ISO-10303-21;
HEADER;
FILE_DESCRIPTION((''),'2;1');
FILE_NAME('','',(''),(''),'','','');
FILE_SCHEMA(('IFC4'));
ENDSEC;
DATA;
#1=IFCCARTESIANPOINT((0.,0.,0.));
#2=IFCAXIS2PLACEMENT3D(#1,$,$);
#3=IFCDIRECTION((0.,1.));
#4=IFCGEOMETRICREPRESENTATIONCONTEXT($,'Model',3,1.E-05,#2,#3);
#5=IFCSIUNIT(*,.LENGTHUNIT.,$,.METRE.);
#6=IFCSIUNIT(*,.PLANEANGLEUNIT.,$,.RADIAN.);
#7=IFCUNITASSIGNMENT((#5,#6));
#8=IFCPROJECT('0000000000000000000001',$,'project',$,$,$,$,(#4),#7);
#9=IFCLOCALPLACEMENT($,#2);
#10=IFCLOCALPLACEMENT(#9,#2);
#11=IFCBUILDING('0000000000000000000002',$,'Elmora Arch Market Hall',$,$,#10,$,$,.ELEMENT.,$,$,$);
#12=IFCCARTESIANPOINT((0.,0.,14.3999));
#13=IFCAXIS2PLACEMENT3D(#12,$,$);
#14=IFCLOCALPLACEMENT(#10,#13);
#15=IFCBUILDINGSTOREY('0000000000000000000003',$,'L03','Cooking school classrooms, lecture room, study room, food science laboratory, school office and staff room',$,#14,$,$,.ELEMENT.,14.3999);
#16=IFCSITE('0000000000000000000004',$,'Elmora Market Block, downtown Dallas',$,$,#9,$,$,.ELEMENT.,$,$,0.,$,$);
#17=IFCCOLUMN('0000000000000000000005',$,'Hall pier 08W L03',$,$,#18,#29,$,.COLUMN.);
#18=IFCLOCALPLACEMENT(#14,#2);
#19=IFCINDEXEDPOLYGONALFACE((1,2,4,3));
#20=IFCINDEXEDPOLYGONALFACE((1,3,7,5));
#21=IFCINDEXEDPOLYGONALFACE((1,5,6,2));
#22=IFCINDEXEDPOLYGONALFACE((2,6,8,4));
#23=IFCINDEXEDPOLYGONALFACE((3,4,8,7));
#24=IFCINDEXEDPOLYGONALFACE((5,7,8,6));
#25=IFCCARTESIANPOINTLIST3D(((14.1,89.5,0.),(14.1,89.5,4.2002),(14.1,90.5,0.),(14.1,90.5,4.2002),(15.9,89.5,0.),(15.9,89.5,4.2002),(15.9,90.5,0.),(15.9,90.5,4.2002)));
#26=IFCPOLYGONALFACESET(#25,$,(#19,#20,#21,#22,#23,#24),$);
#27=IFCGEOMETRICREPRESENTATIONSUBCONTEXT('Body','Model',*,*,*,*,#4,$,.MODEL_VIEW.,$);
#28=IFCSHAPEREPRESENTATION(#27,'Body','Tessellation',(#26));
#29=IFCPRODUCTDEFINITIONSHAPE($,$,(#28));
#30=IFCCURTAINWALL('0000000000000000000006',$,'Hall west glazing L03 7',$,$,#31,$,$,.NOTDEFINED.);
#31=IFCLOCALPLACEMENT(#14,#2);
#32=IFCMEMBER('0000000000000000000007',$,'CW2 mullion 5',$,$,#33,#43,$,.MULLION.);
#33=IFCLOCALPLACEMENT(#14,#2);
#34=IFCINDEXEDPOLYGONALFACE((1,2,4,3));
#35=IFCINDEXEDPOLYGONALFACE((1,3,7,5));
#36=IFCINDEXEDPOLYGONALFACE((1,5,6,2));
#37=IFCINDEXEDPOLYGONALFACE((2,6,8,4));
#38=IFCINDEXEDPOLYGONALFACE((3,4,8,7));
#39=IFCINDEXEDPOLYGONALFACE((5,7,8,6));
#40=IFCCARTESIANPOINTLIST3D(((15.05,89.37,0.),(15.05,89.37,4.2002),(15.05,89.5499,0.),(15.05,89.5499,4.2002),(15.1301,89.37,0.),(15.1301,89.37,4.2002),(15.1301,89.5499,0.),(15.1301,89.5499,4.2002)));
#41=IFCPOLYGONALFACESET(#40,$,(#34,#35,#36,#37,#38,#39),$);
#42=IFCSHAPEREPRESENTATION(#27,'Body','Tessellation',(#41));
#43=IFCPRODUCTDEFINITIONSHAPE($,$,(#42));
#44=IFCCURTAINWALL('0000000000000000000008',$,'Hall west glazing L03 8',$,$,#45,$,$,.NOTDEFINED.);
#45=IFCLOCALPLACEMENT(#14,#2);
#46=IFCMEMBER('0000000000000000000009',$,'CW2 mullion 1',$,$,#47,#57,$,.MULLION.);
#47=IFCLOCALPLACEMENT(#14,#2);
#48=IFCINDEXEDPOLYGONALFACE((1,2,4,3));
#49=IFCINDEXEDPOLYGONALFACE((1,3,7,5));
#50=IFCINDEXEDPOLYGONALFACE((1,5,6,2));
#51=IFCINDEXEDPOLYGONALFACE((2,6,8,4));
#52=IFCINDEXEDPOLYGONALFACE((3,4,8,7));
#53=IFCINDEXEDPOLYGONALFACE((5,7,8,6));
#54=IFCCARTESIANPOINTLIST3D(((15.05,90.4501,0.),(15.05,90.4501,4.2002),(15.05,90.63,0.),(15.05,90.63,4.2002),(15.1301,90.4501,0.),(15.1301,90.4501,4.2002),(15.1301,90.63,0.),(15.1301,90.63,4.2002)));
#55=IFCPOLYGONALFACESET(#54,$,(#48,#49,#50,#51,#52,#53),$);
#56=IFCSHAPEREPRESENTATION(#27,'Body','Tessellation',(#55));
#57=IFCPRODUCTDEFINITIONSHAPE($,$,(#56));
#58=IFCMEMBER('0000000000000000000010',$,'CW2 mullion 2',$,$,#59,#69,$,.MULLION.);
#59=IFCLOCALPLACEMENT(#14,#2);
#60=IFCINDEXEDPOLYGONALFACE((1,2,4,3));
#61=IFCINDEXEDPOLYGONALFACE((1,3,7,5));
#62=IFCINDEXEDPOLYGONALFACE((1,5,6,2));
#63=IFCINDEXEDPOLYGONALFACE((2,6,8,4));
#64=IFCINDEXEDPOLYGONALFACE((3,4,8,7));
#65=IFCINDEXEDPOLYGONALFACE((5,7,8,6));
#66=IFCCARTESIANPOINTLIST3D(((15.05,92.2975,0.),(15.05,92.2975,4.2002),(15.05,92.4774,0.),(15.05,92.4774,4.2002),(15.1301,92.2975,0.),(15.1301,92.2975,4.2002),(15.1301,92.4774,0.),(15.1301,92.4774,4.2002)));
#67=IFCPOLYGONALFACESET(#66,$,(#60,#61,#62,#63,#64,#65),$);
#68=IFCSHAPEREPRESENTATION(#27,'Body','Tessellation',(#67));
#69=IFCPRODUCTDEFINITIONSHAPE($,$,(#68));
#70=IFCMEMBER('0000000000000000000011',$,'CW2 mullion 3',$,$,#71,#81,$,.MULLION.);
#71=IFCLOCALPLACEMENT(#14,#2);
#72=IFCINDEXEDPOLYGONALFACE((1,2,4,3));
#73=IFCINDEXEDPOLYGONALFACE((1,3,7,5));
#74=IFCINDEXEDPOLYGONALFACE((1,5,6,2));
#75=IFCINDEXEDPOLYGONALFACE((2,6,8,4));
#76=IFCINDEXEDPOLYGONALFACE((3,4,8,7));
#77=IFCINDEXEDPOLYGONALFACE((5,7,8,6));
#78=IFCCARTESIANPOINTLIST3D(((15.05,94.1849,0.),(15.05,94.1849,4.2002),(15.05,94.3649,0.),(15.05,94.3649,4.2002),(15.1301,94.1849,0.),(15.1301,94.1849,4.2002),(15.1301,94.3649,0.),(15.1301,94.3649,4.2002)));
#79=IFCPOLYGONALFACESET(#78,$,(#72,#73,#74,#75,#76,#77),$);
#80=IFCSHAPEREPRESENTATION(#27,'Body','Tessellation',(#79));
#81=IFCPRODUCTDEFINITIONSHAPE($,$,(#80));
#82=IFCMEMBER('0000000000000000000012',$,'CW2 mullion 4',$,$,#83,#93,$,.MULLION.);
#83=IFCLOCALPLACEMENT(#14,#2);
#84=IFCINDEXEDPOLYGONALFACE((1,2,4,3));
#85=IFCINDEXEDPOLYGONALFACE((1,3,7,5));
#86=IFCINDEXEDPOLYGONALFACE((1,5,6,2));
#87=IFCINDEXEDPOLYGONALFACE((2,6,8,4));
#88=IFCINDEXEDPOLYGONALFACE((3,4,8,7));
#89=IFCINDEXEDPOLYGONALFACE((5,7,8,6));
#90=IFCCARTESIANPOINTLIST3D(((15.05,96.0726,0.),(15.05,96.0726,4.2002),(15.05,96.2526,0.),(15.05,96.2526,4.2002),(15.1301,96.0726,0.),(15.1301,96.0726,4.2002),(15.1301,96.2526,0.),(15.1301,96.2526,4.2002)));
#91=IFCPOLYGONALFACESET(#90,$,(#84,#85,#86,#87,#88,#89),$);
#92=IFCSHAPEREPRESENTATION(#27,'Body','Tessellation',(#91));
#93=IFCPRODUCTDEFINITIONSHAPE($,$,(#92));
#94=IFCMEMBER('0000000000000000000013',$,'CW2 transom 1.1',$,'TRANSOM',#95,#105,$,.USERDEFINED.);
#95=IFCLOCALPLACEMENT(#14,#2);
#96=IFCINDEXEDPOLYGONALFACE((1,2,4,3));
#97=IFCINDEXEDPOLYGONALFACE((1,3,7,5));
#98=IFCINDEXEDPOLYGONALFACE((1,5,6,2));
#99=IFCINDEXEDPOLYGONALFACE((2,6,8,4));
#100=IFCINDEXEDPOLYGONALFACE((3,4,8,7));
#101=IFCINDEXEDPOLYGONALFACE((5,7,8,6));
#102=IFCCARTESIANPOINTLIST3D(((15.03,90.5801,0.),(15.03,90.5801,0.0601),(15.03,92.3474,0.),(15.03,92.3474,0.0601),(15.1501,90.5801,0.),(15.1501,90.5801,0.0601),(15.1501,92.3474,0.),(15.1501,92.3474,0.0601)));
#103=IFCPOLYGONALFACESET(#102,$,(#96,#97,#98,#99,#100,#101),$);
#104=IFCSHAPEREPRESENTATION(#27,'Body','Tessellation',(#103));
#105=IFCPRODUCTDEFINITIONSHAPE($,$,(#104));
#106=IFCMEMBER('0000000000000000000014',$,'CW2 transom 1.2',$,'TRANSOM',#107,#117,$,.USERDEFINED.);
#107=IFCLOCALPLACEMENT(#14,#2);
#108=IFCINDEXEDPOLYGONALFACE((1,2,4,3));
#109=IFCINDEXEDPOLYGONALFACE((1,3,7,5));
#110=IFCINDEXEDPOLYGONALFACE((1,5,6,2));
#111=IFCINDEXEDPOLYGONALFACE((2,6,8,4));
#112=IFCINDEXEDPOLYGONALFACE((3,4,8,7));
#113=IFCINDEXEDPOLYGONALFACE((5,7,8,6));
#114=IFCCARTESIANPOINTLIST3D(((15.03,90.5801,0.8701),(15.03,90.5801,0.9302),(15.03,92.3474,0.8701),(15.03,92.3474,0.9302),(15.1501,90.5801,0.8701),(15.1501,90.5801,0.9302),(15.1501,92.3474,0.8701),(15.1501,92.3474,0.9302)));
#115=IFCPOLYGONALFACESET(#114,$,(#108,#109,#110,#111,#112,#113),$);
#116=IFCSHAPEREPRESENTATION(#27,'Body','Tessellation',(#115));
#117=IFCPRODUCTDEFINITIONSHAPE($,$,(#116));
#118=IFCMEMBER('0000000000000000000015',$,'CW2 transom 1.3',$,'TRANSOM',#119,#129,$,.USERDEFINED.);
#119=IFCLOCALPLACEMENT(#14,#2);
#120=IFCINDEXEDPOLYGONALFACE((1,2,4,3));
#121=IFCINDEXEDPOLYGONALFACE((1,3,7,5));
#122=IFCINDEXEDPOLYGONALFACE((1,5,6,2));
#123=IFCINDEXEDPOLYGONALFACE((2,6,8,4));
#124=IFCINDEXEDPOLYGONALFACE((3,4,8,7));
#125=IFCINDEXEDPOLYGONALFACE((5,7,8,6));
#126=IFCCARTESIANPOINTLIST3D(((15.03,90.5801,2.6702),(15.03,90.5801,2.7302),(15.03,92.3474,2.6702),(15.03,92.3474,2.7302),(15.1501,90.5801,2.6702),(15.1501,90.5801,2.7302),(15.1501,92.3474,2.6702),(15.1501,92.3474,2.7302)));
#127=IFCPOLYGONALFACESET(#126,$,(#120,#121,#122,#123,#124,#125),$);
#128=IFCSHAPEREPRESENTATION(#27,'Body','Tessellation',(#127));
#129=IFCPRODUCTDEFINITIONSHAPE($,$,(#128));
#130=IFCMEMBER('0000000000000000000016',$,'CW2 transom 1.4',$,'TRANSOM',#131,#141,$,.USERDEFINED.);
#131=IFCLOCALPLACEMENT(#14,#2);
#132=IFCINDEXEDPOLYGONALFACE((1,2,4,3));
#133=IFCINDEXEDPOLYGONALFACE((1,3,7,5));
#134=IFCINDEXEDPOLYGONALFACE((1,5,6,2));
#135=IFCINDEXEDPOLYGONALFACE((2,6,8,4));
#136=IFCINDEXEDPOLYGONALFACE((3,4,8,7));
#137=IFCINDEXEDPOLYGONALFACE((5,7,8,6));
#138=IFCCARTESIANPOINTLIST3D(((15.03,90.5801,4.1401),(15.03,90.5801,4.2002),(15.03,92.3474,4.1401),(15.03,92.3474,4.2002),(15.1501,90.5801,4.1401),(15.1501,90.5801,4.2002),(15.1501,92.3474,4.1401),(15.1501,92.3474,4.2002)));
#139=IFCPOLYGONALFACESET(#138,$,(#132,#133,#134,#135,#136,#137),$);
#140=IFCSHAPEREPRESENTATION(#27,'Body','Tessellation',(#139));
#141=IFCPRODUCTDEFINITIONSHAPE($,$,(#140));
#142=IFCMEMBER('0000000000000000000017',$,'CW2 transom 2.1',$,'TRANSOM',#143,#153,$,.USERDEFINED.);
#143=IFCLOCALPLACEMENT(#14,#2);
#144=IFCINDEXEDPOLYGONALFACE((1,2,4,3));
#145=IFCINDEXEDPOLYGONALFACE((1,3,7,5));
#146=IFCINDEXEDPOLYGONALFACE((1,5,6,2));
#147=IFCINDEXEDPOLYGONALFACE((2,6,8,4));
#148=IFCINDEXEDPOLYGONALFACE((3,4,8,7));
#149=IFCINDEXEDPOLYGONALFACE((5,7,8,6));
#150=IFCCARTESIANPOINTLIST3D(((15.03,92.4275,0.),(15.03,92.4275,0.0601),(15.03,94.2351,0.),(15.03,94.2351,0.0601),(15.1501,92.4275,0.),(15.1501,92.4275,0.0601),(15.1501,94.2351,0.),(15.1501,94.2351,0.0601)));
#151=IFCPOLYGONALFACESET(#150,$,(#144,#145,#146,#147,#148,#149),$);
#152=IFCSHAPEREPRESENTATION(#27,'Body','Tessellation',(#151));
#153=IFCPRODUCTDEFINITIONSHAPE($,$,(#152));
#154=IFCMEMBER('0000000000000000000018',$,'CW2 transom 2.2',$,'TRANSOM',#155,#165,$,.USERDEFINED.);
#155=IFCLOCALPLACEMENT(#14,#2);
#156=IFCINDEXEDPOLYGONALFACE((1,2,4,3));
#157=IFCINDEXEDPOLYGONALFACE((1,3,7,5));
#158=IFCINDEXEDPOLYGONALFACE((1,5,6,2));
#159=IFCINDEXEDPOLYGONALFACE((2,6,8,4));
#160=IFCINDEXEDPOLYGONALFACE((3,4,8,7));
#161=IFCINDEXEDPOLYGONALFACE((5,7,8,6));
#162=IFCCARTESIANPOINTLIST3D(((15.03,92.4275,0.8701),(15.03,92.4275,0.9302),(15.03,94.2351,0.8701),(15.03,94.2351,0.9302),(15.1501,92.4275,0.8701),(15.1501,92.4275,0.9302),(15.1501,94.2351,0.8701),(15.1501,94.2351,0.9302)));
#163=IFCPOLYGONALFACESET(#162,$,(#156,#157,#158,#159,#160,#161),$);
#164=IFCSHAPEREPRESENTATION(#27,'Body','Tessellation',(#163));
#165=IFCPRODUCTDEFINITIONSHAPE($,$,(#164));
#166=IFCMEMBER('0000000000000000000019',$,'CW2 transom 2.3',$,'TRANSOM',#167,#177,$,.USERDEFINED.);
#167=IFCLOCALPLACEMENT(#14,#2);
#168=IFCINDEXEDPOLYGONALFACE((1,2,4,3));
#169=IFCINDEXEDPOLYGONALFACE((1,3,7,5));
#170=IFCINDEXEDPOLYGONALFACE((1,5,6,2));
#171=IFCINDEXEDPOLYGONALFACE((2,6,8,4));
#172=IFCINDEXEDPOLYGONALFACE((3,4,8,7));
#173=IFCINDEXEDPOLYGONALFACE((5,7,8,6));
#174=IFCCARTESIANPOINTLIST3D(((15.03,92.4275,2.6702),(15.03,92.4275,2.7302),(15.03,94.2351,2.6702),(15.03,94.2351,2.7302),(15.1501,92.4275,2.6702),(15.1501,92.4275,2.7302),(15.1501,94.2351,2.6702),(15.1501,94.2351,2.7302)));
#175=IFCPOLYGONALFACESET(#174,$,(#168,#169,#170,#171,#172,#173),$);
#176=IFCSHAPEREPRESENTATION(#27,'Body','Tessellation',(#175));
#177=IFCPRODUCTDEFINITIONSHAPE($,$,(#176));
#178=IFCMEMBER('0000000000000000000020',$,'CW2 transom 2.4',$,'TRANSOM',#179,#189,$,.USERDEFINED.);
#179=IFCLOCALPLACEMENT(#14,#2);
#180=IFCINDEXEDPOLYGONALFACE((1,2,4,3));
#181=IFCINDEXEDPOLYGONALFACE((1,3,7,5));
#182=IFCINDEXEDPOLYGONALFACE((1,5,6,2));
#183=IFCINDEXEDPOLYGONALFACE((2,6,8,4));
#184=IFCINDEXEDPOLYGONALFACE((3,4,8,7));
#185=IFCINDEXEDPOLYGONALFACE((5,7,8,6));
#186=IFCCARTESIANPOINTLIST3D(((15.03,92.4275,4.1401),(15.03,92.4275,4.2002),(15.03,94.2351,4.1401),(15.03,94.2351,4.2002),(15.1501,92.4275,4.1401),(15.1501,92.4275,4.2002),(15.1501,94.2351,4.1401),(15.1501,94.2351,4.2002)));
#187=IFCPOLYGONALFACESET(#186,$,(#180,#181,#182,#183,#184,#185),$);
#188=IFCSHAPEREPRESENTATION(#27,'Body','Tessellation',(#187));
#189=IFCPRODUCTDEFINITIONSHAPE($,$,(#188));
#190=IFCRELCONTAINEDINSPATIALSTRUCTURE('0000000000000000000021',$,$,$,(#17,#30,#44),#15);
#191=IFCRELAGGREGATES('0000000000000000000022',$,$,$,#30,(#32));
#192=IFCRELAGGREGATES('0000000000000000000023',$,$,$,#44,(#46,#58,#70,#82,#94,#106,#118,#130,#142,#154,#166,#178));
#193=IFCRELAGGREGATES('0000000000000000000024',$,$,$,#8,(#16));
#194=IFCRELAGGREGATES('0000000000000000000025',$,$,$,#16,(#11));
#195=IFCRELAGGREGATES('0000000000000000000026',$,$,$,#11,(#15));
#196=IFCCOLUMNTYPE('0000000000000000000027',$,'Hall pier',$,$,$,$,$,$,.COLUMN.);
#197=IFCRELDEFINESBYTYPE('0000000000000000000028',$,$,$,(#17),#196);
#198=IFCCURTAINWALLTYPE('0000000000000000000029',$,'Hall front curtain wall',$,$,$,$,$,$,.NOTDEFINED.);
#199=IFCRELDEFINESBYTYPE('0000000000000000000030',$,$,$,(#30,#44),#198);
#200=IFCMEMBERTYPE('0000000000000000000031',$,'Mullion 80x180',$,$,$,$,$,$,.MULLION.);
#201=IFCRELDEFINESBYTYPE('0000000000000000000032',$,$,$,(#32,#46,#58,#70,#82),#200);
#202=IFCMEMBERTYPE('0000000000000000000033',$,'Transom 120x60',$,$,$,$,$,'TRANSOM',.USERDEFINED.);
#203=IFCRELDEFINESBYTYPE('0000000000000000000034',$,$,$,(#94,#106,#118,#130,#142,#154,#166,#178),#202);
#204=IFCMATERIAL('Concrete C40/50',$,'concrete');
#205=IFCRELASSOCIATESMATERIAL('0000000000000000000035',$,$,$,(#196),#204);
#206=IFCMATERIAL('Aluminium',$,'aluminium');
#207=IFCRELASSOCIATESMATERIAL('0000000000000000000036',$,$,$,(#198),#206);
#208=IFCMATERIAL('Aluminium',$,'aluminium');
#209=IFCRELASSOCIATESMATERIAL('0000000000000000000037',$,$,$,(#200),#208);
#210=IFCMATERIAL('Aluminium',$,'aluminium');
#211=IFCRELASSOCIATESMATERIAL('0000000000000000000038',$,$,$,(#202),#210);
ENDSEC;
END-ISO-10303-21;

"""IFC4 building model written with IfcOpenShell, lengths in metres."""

from ifc_helpers import new_model, si_unit, direction, frame, origin, origin_2d, place, context, subcontext, project, spatial, rectangle, extrude, material, material_profile, profile_set, type_object, element, aggregate, save


model = new_model("IFC4")

# Units and contexts
model_context = context("Model", 3, precision=1e-05, world=origin(), true_north=direction((0.0, 1.0)))
body_context = subcontext(model_context, "Body", "Model", "MODEL_VIEW")
ifc_project = project(units=[si_unit("LENGTHUNIT", "METRE"), si_unit("PLANEANGLEUNIT", "RADIAN")], contexts=[model_context])

# Site, building, storey
site_placement = place(None, origin())
site = spatial("IfcSite", under=ifc_project, at=site_placement, Name="Elmora Market Block, downtown Dallas", CompositionType="ELEMENT", RefElevation=0.0)
building_placement = place(site_placement, origin())
building = spatial("IfcBuilding", under=site, at=building_placement, Name="Elmora Arch Market Hall", CompositionType="ELEMENT")
storey_placement = place(building_placement, frame((0.0, 0.0, 14.3999)))
storey = spatial("IfcBuildingStorey", under=building, at=storey_placement, Name="L03", Description="Cooking school classrooms, lecture room, study room, food science laboratory, school office and staff room", CompositionType="ELEMENT", Elevation=14.3999)

# Column
ifc_material_1 = material(Name="Concrete C40/50", Category="concrete")
ifc_material_profile_1 = material_profile(ifc_material_1, rectangle(XDim=1.8, YDim=1.0, at=origin_2d()), Name="Hall pier")
ifc_profile_set_1 = profile_set([ifc_material_profile_1], Name="Concrete C40/50")
column_type = type_object("IfcColumnType", Name="Hall pier", PredefinedType="COLUMN", material=ifc_profile_set_1)
column_placement = place(storey_placement, frame((15.0, 90.0, 0.0), z_axis=(0.0, 0.0, 1.0), x_axis=(1.0, 0.0, 0.0)))
element("IfcColumn", 1, at=column_placement, inside=storey, type_object=column_type, Name="Hall pier 08W L03", PredefinedType="COLUMN", context=body_context, shape_type="SweptSolid", body=[
    extrude(rectangle(XDim=1.8, YDim=1.0, at=origin_2d()), origin(), (0.0, 0.0, 1.0), 4.2002),
])

# Curtain wall, member
ifc_material_2 = material(Name="Aluminium", Category="aluminium")
curtain_wall_type = type_object("IfcCurtainWallType", Name="Hall front curtain wall", PredefinedType="NOTDEFINED", material=ifc_material_2)
curtain_wall_1_placement = place(storey_placement, origin())
curtain_wall_1 = element("IfcCurtainWall", 2, at=curtain_wall_1_placement, inside=storey, type_object=curtain_wall_type, Name="Hall west glazing L03 7", PredefinedType="NOTDEFINED")
ifc_material_3 = material(Name="Aluminium", Category="aluminium")
ifc_material_profile_2 = material_profile(ifc_material_3, rectangle(XDim=0.0801, YDim=0.1799, at=origin_2d()), Name="AL 80x180")
ifc_profile_set_2 = profile_set([ifc_material_profile_2], Name="Aluminium")
member_type_1 = type_object("IfcMemberType", Name="Mullion 80x180", PredefinedType="MULLION", material=ifc_profile_set_2)
member_1_placement = place(storey_placement, frame((15.0901, 89.46, 0.0), z_axis=(0.0, 0.0, 1.0), x_axis=(-1.0, 0.0, 0.0)))
member_1 = element("IfcMember", 3, at=member_1_placement, type_object=member_type_1, Name="CW2 mullion 5", PredefinedType="MULLION", context=body_context, shape_type="SweptSolid", body=[
    extrude(rectangle(XDim=0.0801, YDim=0.1799, at=origin_2d()), origin(), (0.0, 0.0, 1.0), 4.2002),
])
aggregate(curtain_wall_1, [member_1])

# Curtain wall, members
curtain_wall_2_placement = place(storey_placement, origin())
curtain_wall_2 = element("IfcCurtainWall", 4, at=curtain_wall_2_placement, inside=storey, type_object=curtain_wall_type, Name="Hall west glazing L03 8", PredefinedType="NOTDEFINED")
member_2_placement = place(storey_placement, frame((15.0901, 90.54, 0.0), z_axis=(0.0, 0.0, 1.0), x_axis=(-1.0, 0.0, 0.0)))
member_2 = element("IfcMember", 5, at=member_2_placement, type_object=member_type_1, Name="CW2 mullion 1", PredefinedType="MULLION", context=body_context, shape_type="SweptSolid", body=[
    extrude(rectangle(XDim=0.0801, YDim=0.1799, at=origin_2d()), origin(), (0.0, 0.0, 1.0), 4.2002),
])
member_3_placement = place(storey_placement, frame((15.0901, 92.3875, 0.0), z_axis=(0.0, 0.0, 1.0), x_axis=(-1.0, 0.0, 0.0)))
member_3 = element("IfcMember", 6, at=member_3_placement, type_object=member_type_1, Name="CW2 mullion 2", PredefinedType="MULLION", context=body_context, shape_type="SweptSolid", body=[
    extrude(rectangle(XDim=0.0801, YDim=0.1799, at=origin_2d()), origin(), (0.0, 0.0, 1.0), 4.2002),
])
member_4_placement = place(storey_placement, frame((15.0901, 94.2749, 0.0), z_axis=(0.0, 0.0, 1.0), x_axis=(-1.0, 0.0, 0.0)))
member_4 = element("IfcMember", 7, at=member_4_placement, type_object=member_type_1, Name="CW2 mullion 3", PredefinedType="MULLION", context=body_context, shape_type="SweptSolid", body=[
    extrude(rectangle(XDim=0.0801, YDim=0.1799, at=origin_2d()), origin(), (0.0, 0.0, 1.0), 4.2002),
])
member_5_placement = place(storey_placement, frame((15.0901, 96.1626, 0.0), z_axis=(0.0, 0.0, 1.0), x_axis=(-1.0, 0.0, 0.0)))
member_5 = element("IfcMember", 8, at=member_5_placement, type_object=member_type_1, Name="CW2 mullion 4", PredefinedType="MULLION", context=body_context, shape_type="SweptSolid", body=[
    extrude(rectangle(XDim=0.0801, YDim=0.1799, at=origin_2d()), origin(), (0.0, 0.0, 1.0), 4.2002),
])
ifc_material_4 = material(Name="Aluminium", Category="aluminium")
ifc_material_profile_3 = material_profile(ifc_material_4, rectangle(XDim=0.1201, YDim=0.0601, at=origin_2d()), Name="AL 120x60")
ifc_profile_set_3 = profile_set([ifc_material_profile_3], Name="Aluminium")
member_type_2 = type_object("IfcMemberType", Name="Transom 120x60", ElementType="TRANSOM", PredefinedType="USERDEFINED", material=ifc_profile_set_3)
member_6_placement = place(storey_placement, frame((15.0901, 90.5801, 0.03), z_axis=(0.0, 1.0, 0.0), x_axis=(-1.0, 0.0, 0.0)))
member_6 = element("IfcMember", 9, at=member_6_placement, type_object=member_type_2, Name="CW2 transom 1.1", ObjectType="TRANSOM", PredefinedType="USERDEFINED", context=body_context, shape_type="SweptSolid", body=[
    extrude(rectangle(XDim=0.1201, YDim=0.0601, at=origin_2d()), origin(), (0.0, 0.0, 1.0), 1.7673),
])
member_7_placement = place(storey_placement, frame((15.0901, 90.5801, 0.9001), z_axis=(0.0, 1.0, 0.0), x_axis=(-1.0, 0.0, 0.0)))
member_7 = element("IfcMember", 10, at=member_7_placement, type_object=member_type_2, Name="CW2 transom 1.2", ObjectType="TRANSOM", PredefinedType="USERDEFINED", context=body_context, shape_type="SweptSolid", body=[
    extrude(rectangle(XDim=0.1201, YDim=0.0601, at=origin_2d()), origin(), (0.0, 0.0, 1.0), 1.7673),
])
member_8_placement = place(storey_placement, frame((15.0901, 90.5801, 2.7002), z_axis=(0.0, 1.0, 0.0), x_axis=(-1.0, 0.0, 0.0)))
member_8 = element("IfcMember", 11, at=member_8_placement, type_object=member_type_2, Name="CW2 transom 1.3", ObjectType="TRANSOM", PredefinedType="USERDEFINED", context=body_context, shape_type="SweptSolid", body=[
    extrude(rectangle(XDim=0.1201, YDim=0.0601, at=origin_2d()), origin(), (0.0, 0.0, 1.0), 1.7673),
])
member_9_placement = place(storey_placement, frame((15.0901, 90.5801, 4.1702), z_axis=(0.0, 1.0, 0.0), x_axis=(-1.0, 0.0, 0.0)))
member_9 = element("IfcMember", 12, at=member_9_placement, type_object=member_type_2, Name="CW2 transom 1.4", ObjectType="TRANSOM", PredefinedType="USERDEFINED", context=body_context, shape_type="SweptSolid", body=[
    extrude(rectangle(XDim=0.1201, YDim=0.0601, at=origin_2d()), origin(), (0.0, 0.0, 1.0), 1.7673),
])
member_10_placement = place(storey_placement, frame((15.0901, 92.4275, 0.03), z_axis=(0.0, 1.0, 0.0), x_axis=(-1.0, 0.0, 0.0)))
member_10 = element("IfcMember", 13, at=member_10_placement, type_object=member_type_2, Name="CW2 transom 2.1", ObjectType="TRANSOM", PredefinedType="USERDEFINED", context=body_context, shape_type="SweptSolid", body=[
    extrude(rectangle(XDim=0.1201, YDim=0.0601, at=origin_2d()), origin(), (0.0, 0.0, 1.0), 1.8076),
])
member_11_placement = place(storey_placement, frame((15.0901, 92.4275, 0.9001), z_axis=(0.0, 1.0, 0.0), x_axis=(-1.0, 0.0, 0.0)))
member_11 = element("IfcMember", 14, at=member_11_placement, type_object=member_type_2, Name="CW2 transom 2.2", ObjectType="TRANSOM", PredefinedType="USERDEFINED", context=body_context, shape_type="SweptSolid", body=[
    extrude(rectangle(XDim=0.1201, YDim=0.0601, at=origin_2d()), origin(), (0.0, 0.0, 1.0), 1.8076),
])
member_12_placement = place(storey_placement, frame((15.0901, 92.4275, 2.7002), z_axis=(0.0, 1.0, 0.0), x_axis=(-1.0, 0.0, 0.0)))
member_12 = element("IfcMember", 15, at=member_12_placement, type_object=member_type_2, Name="CW2 transom 2.3", ObjectType="TRANSOM", PredefinedType="USERDEFINED", context=body_context, shape_type="SweptSolid", body=[
    extrude(rectangle(XDim=0.1201, YDim=0.0601, at=origin_2d()), origin(), (0.0, 0.0, 1.0), 1.8076),
])
member_13_placement = place(storey_placement, frame((15.0901, 92.4275, 4.1702), z_axis=(0.0, 1.0, 0.0), x_axis=(-1.0, 0.0, 0.0)))
member_13 = element("IfcMember", 16, at=member_13_placement, type_object=member_type_2, Name="CW2 transom 2.4", ObjectType="TRANSOM", PredefinedType="USERDEFINED", context=body_context, shape_type="SweptSolid", body=[
    extrude(rectangle(XDim=0.1201, YDim=0.0601, at=origin_2d()), origin(), (0.0, 0.0, 1.0), 1.8076),
])
aggregate(curtain_wall_2, [member_2, member_3, member_4, member_5, member_6, member_7, member_8, member_9, member_10, member_11, member_12, member_13])

save(model, "model.ifc")
